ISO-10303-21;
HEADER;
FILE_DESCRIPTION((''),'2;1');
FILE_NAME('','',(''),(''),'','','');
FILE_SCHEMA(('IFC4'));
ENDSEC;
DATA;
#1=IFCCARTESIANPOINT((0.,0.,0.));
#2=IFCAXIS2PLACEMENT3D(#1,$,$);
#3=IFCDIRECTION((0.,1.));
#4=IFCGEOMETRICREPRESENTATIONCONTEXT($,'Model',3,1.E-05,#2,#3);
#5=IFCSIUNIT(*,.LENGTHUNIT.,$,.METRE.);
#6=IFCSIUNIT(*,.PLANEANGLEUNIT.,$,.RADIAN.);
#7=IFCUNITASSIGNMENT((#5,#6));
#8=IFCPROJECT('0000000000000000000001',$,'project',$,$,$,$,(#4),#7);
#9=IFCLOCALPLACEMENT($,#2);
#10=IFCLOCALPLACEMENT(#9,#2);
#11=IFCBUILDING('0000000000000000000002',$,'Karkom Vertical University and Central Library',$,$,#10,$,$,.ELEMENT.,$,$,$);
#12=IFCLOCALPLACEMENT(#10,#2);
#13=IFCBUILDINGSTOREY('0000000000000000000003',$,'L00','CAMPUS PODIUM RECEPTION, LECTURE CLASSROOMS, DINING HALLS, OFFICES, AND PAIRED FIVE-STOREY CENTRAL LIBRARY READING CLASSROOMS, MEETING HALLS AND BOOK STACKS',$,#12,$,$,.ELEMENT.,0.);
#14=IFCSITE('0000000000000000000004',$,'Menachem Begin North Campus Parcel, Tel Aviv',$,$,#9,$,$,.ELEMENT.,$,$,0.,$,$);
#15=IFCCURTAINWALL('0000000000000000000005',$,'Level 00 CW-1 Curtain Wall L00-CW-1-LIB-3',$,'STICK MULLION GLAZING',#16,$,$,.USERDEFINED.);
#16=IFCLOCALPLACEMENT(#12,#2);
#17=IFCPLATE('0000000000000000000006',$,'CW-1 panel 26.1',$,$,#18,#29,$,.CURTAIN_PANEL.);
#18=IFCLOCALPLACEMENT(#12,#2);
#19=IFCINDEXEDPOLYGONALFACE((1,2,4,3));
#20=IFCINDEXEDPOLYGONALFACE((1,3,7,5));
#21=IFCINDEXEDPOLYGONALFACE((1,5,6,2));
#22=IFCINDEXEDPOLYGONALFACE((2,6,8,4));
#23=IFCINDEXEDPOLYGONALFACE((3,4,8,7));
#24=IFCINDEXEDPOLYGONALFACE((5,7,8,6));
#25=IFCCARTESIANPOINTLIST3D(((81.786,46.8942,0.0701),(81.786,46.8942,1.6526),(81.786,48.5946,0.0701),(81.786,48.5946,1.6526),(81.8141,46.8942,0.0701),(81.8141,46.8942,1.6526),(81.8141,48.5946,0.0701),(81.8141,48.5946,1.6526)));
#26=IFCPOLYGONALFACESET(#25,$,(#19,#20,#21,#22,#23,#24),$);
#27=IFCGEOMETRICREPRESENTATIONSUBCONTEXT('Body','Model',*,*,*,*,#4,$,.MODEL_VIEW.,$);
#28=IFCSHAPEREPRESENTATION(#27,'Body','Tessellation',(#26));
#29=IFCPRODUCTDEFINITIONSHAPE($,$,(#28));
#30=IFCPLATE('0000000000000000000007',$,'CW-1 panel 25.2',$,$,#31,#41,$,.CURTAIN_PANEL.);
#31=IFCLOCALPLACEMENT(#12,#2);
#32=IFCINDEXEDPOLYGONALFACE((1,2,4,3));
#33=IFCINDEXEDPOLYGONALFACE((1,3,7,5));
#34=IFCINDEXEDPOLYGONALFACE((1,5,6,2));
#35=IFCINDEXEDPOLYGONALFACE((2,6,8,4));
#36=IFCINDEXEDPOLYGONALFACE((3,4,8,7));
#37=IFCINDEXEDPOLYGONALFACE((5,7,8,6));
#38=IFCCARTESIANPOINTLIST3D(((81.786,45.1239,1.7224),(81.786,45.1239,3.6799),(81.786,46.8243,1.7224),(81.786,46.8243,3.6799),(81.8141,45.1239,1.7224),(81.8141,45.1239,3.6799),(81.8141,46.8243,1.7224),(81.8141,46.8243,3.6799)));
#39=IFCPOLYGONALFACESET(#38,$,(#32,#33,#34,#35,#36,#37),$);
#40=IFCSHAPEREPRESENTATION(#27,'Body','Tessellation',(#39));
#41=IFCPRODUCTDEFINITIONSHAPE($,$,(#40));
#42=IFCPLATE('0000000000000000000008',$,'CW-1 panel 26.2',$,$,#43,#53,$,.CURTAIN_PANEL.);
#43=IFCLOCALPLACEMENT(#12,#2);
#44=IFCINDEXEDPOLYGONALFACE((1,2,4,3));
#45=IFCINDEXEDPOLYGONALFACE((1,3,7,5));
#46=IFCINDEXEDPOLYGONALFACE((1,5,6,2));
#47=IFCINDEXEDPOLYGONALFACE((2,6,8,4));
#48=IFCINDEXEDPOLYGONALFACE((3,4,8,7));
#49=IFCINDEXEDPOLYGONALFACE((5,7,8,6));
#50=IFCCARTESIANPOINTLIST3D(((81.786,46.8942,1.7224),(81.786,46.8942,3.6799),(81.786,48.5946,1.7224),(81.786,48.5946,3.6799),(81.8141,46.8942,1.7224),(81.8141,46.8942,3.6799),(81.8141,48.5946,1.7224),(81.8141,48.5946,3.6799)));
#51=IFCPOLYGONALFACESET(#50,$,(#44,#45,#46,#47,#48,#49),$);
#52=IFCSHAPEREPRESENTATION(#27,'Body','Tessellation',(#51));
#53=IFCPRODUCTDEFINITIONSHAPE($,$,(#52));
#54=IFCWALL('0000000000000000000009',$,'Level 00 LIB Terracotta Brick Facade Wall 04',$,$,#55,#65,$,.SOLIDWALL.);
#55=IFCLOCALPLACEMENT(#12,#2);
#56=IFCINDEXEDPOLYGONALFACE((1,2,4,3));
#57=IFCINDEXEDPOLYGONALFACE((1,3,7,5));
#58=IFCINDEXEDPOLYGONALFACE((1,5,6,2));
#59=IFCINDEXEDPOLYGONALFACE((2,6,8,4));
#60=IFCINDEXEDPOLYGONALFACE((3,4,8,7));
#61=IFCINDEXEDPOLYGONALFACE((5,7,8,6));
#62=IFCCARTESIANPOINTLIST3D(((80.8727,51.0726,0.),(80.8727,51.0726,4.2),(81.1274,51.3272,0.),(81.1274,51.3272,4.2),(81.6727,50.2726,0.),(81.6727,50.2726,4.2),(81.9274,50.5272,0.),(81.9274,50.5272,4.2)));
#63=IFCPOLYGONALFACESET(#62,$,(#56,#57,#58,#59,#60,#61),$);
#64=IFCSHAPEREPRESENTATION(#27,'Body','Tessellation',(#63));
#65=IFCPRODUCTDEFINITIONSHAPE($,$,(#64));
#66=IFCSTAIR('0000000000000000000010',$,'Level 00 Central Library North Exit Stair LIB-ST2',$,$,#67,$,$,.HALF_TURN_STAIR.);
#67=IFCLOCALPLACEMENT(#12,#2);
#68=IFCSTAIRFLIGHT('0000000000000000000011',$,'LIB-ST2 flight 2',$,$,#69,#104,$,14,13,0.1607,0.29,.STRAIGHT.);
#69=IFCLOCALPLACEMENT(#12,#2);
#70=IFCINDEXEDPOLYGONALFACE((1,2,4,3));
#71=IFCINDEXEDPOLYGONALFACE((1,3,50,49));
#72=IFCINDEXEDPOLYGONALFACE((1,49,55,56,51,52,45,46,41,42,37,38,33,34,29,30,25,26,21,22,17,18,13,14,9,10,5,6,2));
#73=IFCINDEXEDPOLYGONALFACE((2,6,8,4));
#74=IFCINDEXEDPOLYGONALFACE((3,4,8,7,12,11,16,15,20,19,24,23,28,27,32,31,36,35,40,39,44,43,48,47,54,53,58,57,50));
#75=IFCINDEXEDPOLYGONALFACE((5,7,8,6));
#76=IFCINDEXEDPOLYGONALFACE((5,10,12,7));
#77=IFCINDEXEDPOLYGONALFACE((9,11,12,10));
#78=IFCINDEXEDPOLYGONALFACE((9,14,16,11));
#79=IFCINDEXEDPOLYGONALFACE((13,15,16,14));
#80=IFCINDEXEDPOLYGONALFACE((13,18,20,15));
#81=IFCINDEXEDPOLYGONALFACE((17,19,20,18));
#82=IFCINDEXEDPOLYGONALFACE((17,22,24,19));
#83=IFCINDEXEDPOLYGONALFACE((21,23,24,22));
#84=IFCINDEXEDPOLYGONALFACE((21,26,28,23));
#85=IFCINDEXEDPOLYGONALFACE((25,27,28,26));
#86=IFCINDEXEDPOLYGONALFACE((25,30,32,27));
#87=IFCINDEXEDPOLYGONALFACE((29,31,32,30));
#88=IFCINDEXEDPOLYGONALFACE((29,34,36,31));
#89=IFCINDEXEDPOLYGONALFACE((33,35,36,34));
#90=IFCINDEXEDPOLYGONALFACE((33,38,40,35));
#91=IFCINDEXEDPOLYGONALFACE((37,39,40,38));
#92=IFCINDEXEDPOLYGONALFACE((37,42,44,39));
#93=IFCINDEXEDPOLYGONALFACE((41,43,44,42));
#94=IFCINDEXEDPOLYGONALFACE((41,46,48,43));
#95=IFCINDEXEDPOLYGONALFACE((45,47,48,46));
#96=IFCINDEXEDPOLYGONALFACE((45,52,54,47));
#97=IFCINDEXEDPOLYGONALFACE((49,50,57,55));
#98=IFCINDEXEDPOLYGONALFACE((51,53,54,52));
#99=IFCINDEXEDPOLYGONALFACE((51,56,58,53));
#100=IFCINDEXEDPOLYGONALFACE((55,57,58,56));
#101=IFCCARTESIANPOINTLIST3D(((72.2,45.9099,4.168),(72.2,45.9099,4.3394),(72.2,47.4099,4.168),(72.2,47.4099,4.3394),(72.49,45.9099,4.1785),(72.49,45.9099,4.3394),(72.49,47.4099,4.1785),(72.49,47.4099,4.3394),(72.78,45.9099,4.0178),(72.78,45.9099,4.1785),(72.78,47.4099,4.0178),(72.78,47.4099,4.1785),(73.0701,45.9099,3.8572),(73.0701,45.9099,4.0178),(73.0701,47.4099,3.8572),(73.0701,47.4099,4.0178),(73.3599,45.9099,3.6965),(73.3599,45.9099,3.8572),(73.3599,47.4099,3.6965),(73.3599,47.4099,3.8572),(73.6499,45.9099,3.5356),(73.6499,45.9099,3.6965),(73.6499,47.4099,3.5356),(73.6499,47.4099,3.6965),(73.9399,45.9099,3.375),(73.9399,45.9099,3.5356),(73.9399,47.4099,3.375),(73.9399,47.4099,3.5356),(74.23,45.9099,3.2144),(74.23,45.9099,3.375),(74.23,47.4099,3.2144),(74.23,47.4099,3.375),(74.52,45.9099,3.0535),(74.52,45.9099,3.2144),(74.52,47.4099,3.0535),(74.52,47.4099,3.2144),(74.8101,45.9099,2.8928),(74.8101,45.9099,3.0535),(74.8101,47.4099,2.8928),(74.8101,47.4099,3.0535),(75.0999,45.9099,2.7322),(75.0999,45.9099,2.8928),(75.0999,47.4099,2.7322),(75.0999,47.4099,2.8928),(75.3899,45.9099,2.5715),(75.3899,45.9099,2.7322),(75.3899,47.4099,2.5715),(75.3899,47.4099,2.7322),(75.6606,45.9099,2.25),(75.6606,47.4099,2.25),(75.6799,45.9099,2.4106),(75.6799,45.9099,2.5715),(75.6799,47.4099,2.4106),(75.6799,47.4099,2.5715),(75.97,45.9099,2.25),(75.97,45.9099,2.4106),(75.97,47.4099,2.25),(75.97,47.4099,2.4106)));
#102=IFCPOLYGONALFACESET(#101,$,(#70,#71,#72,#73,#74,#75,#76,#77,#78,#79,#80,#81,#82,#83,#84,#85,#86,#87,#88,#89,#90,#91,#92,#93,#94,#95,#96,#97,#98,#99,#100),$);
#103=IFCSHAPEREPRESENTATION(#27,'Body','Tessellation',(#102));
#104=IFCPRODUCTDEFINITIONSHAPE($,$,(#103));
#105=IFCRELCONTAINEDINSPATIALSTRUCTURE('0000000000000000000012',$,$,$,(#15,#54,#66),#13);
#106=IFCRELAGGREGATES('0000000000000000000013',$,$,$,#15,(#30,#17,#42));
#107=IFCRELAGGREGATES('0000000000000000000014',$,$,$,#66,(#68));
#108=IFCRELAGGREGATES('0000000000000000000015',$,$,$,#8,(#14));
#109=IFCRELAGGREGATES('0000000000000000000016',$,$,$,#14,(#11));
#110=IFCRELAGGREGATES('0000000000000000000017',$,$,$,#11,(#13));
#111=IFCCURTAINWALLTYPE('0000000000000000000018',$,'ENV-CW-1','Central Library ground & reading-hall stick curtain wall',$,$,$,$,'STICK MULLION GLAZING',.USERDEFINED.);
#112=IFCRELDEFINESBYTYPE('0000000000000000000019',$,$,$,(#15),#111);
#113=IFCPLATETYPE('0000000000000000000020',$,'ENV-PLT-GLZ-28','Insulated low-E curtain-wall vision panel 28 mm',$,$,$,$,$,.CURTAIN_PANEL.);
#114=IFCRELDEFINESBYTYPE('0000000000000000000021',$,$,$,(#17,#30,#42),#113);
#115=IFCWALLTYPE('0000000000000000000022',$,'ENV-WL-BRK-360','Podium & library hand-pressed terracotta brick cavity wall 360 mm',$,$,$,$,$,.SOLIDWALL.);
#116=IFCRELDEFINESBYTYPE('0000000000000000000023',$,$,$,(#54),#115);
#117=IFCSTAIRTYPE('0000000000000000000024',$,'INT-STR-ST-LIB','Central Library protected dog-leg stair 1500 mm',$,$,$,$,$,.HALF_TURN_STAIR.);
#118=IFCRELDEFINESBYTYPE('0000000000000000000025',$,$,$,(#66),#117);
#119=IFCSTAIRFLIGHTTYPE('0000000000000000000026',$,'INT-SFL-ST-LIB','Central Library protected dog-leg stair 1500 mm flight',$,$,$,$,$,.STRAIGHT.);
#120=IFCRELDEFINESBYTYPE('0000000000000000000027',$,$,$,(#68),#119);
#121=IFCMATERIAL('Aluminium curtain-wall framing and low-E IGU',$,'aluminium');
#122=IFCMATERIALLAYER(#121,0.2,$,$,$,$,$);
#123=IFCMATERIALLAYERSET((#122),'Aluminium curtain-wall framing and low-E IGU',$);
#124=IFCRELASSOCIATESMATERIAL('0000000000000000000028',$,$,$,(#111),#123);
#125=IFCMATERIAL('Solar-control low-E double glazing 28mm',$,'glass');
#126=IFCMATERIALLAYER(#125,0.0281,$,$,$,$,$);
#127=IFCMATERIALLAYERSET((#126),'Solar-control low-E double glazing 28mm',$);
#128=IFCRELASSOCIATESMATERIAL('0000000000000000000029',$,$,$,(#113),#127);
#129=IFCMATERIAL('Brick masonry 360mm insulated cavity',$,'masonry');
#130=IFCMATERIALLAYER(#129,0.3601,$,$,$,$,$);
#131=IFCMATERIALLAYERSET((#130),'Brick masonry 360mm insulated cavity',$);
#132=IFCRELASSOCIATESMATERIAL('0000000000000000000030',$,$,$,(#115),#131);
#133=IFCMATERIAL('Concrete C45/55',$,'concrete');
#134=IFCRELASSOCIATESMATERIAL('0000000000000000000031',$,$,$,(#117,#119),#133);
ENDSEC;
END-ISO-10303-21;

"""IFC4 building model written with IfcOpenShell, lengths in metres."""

from ifc_helpers import new_model, si_unit, direction, frame, frame_2d, origin, origin_with_axes, origin_2d, place, context, subcontext, project, spatial, polyline, rectangle, outline, extrude, source, transform, mapped, material, layer, layer_set, type_object, element, aggregate, save


model = new_model("IFC4")

# Units and contexts
model_context = context("Model", 3, precision=1e-05, world=origin(), true_north=direction((0.0, 1.0)))
body_context = subcontext(model_context, "Body", "Model", "MODEL_VIEW")
ifc_project = project(units=[si_unit("LENGTHUNIT", "METRE"), si_unit("PLANEANGLEUNIT", "RADIAN")], contexts=[model_context])

# Site, building, storey
site_placement = place(None, origin())
site = spatial("IfcSite", under=ifc_project, at=site_placement, Name="Menachem Begin North Campus Parcel, Tel Aviv", CompositionType="ELEMENT", RefElevation=0.0)
building_placement = place(site_placement, origin())
building = spatial("IfcBuilding", under=site, at=building_placement, Name="Karkom Vertical University and Central Library", CompositionType="ELEMENT")
storey_placement = place(building_placement, origin())
storey = spatial("IfcBuildingStorey", under=building, at=storey_placement, Name="L00", Description="CAMPUS PODIUM RECEPTION, LECTURE CLASSROOMS, DINING HALLS, OFFICES, AND PAIRED FIVE-STOREY CENTRAL LIBRARY READING CLASSROOMS, MEETING HALLS AND BOOK STACKS", CompositionType="ELEMENT", Elevation=0.0)

# Shared definitions
ifc_material_1 = material(Name="Concrete C45/55", Category="concrete")

# Curtain wall, plates
ifc_material_2 = material(Name="Aluminium curtain-wall framing and low-E IGU", Category="aluminium")
ifc_layer_1 = layer(ifc_material_2, 0.2)
ifc_layer_set_1 = layer_set([ifc_layer_1], Name="Aluminium curtain-wall framing and low-E IGU")
curtain_wall_type = type_object("IfcCurtainWallType", Name="ENV-CW-1", Description="Central Library ground & reading-hall stick curtain wall", ElementType="STICK MULLION GLAZING", PredefinedType="USERDEFINED", material=ifc_layer_set_1)
curtain_wall_placement = place(storey_placement, origin())
curtain_wall = element("IfcCurtainWall", 1, at=curtain_wall_placement, inside=storey, type_object=curtain_wall_type, Name="Level 00 CW-1 Curtain Wall L00-CW-1-LIB-3", ObjectType="STICK MULLION GLAZING", PredefinedType="USERDEFINED")
ifc_material_3 = material(Name="Solar-control low-E double glazing 28mm", Category="glass")
ifc_layer_2 = layer(ifc_material_3, 0.0281)
ifc_layer_set_2 = layer_set([ifc_layer_2], Name="Solar-control low-E double glazing 28mm")
plate_type = type_object("IfcPlateType", Name="ENV-PLT-GLZ-28", Description="Insulated low-E curtain-wall vision panel 28 mm", PredefinedType="CURTAIN_PANEL", material=ifc_layer_set_2)
shared_shape_1 = source(origin_with_axes(), body_context, "Body", "SweptSolid", [
    extrude(rectangle(XDim=1.7004, YDim=0.0281, at=origin_2d()), origin(), (0.0, 0.0, 1.0), 1.5825),
])
plate_1_placement = place(storey_placement, frame((81.8, 47.7444, 0.0701), z_axis=(0.0, 0.0, 1.0), x_axis=(0.0, 1.0, 0.0)))
plate_1 = element("IfcPlate", 2, at=plate_1_placement, type_object=plate_type, Name="CW-1 panel 26.1", PredefinedType="CURTAIN_PANEL", context=body_context, shape_type="MappedRepresentation", body=[
    mapped(shared_shape_1, transform((0.0, 0.0, 0.0), scale=1.0)),
])
shared_shape_2 = source(origin_with_axes(), body_context, "Body", "SweptSolid", [
    extrude(rectangle(XDim=1.7004, YDim=0.0281, at=origin_2d()), origin(), (0.0, 0.0, 1.0), 1.9575),
])
plate_2_placement = place(storey_placement, frame((81.8, 45.9741, 1.7224), z_axis=(0.0, 0.0, 1.0), x_axis=(0.0, 1.0, 0.0)))
plate_2 = element("IfcPlate", 3, at=plate_2_placement, type_object=plate_type, Name="CW-1 panel 25.2", PredefinedType="CURTAIN_PANEL", context=body_context, shape_type="MappedRepresentation", body=[
    mapped(shared_shape_2, transform((0.0, 0.0, 0.0), scale=1.0)),
])
plate_3_placement = place(storey_placement, frame((81.8, 47.7444, 1.7224), z_axis=(0.0, 0.0, 1.0), x_axis=(0.0, 1.0, 0.0)))
plate_3 = element("IfcPlate", 4, at=plate_3_placement, type_object=plate_type, Name="CW-1 panel 26.2", PredefinedType="CURTAIN_PANEL", context=body_context, shape_type="MappedRepresentation", body=[
    mapped(shared_shape_2, transform((0.0, 0.0, 0.0), scale=1.0)),
])
aggregate(curtain_wall, [plate_2, plate_1, plate_3])

# Wall
ifc_material_4 = material(Name="Brick masonry 360mm insulated cavity", Category="masonry")
ifc_layer_3 = layer(ifc_material_4, 0.3601)
ifc_layer_set_3 = layer_set([ifc_layer_3], Name="Brick masonry 360mm insulated cavity")
wall_type = type_object("IfcWallType", Name="ENV-WL-BRK-360", Description="Podium & library hand-pressed terracotta brick cavity wall 360 mm", PredefinedType="SOLIDWALL", material=ifc_layer_set_3)
wall_placement = place(storey_placement, frame((81.8, 50.3999, 0.0), z_axis=(0.0, 0.0, 1.0), x_axis=(-0.707107, 0.707107, 0.0)))
element("IfcWall", 5, at=wall_placement, inside=storey, type_object=wall_type, Name="Level 00 LIB Terracotta Brick Facade Wall 04", PredefinedType="SOLIDWALL", context=body_context, shape_type="SweptSolid", body=[
    extrude(rectangle(XDim=1.1313, YDim=0.3601, at=frame_2d((0.5657, 0.0))), origin(), (0.0, 0.0, 1.0), 4.2),
])

# Stair, stair flight
stair_type = type_object("IfcStairType", Name="INT-STR-ST-LIB", Description="Central Library protected dog-leg stair 1500 mm", PredefinedType="HALF_TURN_STAIR", material=ifc_material_1)
stair_placement = place(storey_placement, origin())
stair = element("IfcStair", 6, at=stair_placement, inside=storey, type_object=stair_type, Name="Level 00 Central Library North Exit Stair LIB-ST2", PredefinedType="HALF_TURN_STAIR")
stair_flight_type = type_object("IfcStairFlightType", Name="INT-SFL-ST-LIB", Description="Central Library protected dog-leg stair 1500 mm flight", PredefinedType="STRAIGHT", material=ifc_material_1)
stair_flight_placement = place(storey_placement, frame((75.97, 46.6599, 2.25), z_axis=(0.0, 0.0, 1.0), x_axis=(-1.0, 0.0, 0.0)))
stair_flight = element("IfcStairFlight", 7, at=stair_flight_placement, type_object=stair_flight_type, Name="LIB-ST2 flight 2", NumberOfRisers=14, NumberOfTreads=13, PredefinedType="STRAIGHT", RiserHeight=0.1607, TreadLength=0.29, context=body_context, shape_type="SweptSolid", body=[
    extrude(outline(polyline([(0.0, 0.0), (0.0, 0.1606), (0.29, 0.1606), (0.29, 0.3215), (0.5801, 0.3215), (0.5801, 0.4822), (0.8701, 0.4822), (0.8701, 0.6428), (1.1599, 0.6428), (1.1599, 0.8035), (1.45, 0.8035), (1.45, 0.9644), (1.74, 0.9644), (1.74, 1.125), (2.03, 1.125), (2.03, 1.2856), (2.3201, 1.2856), (2.3201, 1.4465), (2.6101, 1.4465), (2.6101, 1.6072), (2.8999, 1.6072), (2.8999, 1.7678), (3.1899, 1.7678), (3.1899, 1.9285), (3.48, 1.9285), (3.48, 2.0894), (3.77, 2.0894), (3.77, 2.25), (3.77, 1.918), (0.3093, 0.0), (0.0, 0.0)])), frame((0.0, 0.75, 0.0), z_axis=(0.0, -1.0, 0.0), x_axis=(1.0, 0.0, 0.0)), (0.0, 0.0, 1.0), 1.5),
])
aggregate(stair, [stair_flight])

save(model, "model.ifc")
